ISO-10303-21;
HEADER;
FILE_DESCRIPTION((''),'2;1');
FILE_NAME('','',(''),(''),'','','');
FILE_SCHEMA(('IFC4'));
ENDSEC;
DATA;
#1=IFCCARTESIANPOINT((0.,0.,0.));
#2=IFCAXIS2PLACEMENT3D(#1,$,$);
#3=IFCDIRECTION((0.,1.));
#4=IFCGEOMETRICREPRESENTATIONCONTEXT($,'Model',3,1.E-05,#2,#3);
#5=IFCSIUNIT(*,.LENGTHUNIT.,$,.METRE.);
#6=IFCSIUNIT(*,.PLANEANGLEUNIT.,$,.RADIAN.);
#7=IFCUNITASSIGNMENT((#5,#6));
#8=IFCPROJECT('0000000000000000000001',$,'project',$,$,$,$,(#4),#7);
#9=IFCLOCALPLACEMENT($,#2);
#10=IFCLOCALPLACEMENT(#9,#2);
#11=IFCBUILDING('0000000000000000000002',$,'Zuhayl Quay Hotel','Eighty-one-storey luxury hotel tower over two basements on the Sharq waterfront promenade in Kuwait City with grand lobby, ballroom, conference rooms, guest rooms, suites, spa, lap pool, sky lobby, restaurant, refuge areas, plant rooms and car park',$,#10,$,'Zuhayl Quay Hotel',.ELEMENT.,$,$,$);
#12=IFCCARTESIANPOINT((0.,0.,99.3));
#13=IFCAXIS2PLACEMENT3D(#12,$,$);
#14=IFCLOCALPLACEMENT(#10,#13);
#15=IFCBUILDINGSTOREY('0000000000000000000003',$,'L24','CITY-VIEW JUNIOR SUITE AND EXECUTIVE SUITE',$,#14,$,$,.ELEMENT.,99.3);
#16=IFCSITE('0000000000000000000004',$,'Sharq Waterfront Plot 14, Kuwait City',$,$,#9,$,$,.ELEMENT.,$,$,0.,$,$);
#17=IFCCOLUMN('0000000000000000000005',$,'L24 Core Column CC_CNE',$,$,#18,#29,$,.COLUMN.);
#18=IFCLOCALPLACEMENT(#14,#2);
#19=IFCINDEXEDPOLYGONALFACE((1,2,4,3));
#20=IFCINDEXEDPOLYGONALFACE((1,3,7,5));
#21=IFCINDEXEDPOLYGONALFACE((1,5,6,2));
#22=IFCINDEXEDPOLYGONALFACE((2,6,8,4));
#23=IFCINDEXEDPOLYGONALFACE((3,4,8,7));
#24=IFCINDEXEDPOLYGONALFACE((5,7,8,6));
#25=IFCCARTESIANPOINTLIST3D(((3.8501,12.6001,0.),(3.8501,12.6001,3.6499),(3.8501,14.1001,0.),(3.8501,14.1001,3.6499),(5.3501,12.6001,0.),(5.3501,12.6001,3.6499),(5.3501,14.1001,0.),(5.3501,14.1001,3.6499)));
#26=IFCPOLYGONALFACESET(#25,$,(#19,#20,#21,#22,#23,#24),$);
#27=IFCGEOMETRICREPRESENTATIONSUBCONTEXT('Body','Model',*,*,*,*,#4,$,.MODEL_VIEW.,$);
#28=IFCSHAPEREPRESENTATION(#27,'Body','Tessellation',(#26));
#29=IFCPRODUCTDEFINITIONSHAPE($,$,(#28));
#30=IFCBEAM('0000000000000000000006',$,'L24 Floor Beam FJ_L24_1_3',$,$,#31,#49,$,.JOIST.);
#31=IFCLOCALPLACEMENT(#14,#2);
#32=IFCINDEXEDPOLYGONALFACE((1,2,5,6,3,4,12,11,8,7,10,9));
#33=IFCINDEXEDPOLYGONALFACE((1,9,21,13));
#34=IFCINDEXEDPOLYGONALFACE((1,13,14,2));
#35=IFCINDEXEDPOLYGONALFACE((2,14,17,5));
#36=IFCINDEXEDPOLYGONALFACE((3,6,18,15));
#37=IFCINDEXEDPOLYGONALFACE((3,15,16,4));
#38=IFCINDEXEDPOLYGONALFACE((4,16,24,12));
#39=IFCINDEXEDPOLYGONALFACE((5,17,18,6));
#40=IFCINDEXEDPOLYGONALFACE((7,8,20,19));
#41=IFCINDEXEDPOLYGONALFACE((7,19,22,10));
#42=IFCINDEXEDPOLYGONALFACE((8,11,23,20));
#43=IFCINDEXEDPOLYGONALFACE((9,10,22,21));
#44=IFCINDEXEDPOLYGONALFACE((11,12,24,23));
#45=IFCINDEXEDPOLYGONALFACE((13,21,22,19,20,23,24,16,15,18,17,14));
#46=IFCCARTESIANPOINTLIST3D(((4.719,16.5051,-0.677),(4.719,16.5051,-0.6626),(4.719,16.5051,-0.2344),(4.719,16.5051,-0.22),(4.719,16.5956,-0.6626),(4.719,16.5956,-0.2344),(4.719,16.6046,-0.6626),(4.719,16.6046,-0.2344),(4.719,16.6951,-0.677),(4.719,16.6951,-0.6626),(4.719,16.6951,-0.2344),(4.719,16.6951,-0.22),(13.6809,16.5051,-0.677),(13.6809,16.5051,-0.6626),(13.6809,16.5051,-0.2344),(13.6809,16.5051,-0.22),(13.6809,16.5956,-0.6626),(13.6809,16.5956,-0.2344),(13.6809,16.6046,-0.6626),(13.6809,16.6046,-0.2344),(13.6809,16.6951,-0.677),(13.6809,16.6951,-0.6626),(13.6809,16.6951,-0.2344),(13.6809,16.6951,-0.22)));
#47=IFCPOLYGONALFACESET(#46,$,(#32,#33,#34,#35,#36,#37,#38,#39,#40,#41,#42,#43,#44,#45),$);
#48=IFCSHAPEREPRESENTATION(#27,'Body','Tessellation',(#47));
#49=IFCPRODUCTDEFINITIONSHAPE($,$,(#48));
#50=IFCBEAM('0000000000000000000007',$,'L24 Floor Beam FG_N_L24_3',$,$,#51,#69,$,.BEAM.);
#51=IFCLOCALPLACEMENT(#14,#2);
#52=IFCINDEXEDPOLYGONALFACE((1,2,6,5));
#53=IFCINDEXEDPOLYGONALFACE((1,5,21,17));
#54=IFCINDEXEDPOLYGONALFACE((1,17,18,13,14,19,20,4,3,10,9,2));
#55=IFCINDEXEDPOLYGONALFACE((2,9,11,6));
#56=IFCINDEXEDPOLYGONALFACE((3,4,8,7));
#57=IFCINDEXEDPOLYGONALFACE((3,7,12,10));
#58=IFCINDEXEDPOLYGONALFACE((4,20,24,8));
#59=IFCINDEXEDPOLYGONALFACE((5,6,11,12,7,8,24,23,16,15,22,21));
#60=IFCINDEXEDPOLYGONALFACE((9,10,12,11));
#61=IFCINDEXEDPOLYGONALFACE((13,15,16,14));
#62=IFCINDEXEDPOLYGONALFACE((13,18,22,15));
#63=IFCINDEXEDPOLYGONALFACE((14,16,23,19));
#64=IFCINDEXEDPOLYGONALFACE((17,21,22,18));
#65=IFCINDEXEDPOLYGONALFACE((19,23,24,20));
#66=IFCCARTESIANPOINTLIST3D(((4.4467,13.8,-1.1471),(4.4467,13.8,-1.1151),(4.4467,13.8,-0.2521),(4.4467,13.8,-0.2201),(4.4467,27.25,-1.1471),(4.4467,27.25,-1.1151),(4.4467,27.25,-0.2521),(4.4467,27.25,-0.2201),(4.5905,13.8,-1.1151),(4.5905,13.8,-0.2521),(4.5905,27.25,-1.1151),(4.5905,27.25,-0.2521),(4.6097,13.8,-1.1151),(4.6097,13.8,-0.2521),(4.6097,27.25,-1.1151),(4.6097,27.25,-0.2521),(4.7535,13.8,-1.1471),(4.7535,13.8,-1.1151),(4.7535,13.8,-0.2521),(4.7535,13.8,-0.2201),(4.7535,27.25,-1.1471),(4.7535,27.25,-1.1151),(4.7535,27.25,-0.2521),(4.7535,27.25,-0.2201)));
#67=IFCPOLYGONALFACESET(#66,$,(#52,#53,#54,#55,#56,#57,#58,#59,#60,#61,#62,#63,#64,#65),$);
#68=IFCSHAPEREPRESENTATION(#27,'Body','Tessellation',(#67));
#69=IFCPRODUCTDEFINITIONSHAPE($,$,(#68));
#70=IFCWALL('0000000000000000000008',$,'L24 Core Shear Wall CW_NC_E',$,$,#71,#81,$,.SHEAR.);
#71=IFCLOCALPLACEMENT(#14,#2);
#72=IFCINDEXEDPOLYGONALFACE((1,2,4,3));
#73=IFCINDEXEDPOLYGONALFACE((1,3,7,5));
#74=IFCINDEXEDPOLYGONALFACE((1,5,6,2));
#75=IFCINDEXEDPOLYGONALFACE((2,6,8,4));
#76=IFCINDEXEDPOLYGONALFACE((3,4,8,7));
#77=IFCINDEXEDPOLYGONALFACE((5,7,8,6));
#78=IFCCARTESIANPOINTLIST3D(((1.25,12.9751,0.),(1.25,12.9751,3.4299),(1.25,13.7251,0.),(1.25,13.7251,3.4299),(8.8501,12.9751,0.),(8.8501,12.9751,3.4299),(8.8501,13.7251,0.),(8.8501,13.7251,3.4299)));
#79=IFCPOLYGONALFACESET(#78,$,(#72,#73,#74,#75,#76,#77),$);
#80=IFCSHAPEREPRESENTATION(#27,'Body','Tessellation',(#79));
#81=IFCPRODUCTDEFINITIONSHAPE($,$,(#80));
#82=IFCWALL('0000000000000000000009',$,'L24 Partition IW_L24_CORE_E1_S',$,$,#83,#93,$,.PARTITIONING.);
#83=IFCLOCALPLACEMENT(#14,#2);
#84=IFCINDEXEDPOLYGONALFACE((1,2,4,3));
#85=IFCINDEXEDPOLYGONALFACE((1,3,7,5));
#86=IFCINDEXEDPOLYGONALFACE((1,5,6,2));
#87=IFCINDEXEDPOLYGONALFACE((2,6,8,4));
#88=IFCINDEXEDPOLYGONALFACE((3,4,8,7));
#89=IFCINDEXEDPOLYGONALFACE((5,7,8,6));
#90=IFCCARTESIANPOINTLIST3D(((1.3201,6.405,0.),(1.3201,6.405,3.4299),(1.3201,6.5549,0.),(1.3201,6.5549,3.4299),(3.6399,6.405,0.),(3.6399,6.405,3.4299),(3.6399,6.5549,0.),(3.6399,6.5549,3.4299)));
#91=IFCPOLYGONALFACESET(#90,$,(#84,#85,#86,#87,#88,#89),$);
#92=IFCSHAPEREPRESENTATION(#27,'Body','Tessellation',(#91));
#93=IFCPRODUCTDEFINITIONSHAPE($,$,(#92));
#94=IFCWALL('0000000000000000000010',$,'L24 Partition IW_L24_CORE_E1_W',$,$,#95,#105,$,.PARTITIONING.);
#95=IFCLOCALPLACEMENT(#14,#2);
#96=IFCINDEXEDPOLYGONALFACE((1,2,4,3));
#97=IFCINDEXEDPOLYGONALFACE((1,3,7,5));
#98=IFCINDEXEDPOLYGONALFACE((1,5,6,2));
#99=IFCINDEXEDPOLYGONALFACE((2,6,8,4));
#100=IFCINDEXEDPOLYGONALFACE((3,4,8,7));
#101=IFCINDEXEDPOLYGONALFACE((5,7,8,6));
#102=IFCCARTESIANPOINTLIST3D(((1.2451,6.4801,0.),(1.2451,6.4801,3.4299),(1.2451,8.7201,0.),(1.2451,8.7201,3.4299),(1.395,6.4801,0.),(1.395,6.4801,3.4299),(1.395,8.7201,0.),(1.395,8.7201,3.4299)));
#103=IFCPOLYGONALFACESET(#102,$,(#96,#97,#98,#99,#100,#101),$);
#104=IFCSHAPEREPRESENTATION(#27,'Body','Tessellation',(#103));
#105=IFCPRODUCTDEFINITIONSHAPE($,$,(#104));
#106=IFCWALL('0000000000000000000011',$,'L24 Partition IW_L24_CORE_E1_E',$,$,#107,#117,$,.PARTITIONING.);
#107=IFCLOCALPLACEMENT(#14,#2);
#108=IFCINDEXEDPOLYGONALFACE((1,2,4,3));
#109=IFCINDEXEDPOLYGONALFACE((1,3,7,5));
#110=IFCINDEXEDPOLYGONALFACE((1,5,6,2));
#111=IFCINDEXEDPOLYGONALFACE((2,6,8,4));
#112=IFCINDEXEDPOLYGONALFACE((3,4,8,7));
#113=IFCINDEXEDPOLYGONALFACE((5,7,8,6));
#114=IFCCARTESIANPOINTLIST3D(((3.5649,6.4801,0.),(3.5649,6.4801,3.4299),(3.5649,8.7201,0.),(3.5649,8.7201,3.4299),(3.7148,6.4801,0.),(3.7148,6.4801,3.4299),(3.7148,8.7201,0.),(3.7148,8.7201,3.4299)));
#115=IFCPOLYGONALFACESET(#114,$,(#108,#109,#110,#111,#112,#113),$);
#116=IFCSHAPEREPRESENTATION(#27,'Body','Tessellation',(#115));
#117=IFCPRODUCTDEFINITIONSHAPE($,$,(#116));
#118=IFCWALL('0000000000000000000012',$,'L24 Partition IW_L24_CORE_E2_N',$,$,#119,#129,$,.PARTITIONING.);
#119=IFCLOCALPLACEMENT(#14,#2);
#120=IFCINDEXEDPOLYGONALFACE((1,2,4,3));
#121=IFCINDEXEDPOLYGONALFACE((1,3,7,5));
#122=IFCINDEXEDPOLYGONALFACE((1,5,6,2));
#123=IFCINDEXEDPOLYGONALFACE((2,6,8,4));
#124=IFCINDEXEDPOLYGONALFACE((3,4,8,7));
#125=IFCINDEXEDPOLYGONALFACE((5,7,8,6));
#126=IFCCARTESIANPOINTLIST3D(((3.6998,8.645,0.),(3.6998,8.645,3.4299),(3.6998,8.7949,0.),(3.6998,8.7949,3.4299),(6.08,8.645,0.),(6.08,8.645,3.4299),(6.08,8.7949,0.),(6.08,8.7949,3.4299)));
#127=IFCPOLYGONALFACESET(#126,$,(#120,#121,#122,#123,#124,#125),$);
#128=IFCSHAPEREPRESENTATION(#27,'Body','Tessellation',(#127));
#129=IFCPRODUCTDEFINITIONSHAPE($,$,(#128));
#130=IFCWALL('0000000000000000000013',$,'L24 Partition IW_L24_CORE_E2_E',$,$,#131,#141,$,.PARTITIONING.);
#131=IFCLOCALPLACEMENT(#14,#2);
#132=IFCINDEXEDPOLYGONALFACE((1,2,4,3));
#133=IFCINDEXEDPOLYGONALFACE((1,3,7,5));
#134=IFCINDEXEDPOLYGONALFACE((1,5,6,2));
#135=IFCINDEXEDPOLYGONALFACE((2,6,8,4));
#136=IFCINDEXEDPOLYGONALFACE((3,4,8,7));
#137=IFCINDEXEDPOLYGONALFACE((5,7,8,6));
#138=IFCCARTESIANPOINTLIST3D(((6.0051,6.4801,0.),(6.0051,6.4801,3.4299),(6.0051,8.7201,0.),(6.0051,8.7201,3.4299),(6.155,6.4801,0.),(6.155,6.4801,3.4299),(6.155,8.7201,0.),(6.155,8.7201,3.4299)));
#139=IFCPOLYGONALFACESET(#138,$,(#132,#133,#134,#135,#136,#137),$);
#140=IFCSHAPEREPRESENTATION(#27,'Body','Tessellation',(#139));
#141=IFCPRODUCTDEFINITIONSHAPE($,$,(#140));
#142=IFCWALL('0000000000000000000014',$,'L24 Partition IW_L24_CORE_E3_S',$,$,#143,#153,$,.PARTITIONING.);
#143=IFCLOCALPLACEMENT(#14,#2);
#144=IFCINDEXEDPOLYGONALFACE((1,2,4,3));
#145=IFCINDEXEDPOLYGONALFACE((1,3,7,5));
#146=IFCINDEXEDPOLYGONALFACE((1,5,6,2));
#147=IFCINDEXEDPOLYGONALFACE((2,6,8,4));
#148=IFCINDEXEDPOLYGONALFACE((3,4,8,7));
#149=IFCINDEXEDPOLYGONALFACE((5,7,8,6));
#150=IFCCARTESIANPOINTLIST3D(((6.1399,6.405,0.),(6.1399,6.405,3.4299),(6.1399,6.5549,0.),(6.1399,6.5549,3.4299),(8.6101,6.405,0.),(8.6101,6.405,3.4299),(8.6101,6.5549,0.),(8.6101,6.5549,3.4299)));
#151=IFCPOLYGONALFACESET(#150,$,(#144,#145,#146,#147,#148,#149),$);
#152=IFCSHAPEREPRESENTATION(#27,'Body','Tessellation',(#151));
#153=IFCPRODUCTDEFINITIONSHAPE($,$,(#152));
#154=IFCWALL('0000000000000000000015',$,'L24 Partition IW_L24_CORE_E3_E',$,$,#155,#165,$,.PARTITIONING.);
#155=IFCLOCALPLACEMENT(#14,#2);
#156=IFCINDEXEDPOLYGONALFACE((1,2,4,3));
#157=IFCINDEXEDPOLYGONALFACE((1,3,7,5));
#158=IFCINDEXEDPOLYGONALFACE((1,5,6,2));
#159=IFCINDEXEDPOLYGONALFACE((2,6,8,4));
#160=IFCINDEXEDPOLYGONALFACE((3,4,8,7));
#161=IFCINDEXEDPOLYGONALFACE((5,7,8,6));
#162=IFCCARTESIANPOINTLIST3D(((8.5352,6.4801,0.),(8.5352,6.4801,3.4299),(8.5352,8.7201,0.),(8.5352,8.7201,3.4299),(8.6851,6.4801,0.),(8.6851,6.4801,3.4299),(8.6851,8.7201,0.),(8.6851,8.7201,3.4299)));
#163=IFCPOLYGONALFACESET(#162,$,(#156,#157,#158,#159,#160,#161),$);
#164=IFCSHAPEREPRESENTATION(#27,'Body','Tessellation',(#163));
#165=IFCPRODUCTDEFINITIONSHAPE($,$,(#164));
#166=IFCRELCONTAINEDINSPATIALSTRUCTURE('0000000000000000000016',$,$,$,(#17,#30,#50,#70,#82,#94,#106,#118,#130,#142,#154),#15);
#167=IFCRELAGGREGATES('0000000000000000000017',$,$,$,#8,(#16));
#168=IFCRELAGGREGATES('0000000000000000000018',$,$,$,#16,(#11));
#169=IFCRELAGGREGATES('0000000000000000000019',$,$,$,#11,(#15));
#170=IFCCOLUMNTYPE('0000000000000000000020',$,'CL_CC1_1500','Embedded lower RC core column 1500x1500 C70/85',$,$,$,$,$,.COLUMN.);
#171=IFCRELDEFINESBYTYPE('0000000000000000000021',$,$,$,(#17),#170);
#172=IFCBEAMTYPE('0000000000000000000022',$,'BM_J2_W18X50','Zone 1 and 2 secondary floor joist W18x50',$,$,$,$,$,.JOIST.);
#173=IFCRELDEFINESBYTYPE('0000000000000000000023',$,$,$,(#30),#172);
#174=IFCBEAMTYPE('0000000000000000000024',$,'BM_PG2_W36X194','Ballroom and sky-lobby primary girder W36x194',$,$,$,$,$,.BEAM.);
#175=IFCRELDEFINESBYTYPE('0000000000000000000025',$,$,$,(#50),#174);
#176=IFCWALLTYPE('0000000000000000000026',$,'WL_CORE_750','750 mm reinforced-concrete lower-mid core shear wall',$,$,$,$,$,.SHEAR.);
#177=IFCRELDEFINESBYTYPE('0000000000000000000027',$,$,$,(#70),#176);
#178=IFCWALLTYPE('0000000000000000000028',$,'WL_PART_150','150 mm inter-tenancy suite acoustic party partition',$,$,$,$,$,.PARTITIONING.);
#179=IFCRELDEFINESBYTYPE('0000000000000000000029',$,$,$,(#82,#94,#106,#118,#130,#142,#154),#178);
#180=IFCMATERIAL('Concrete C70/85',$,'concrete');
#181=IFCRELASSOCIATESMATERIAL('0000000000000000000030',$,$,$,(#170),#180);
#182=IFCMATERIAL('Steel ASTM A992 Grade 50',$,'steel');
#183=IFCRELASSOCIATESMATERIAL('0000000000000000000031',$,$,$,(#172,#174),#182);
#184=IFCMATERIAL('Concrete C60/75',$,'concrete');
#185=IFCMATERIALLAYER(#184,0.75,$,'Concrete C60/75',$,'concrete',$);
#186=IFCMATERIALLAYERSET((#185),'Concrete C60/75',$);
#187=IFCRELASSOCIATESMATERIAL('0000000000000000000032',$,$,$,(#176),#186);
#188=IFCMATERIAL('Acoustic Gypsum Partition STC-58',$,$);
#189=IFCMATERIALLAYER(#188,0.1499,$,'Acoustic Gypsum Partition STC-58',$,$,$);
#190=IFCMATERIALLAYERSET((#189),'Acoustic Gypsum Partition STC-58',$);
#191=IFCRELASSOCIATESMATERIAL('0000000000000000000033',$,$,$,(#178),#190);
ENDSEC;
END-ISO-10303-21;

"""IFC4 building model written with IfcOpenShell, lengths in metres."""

from ifc_helpers import new_model, si_unit, direction, frame, frame_2d, origin, origin_2d, place, context, subcontext, project, spatial, rectangle, i_section, extrude, material, layer, layer_set, material_profile, profile_set, type_object, element, save


model = new_model("IFC4")

# Units and contexts
model_context = context("Model", 3, precision=1e-05, world=origin(), true_north=direction((0.0, 1.0)))
body_context = subcontext(model_context, "Body", "Model", "MODEL_VIEW")
ifc_project = project(units=[si_unit("LENGTHUNIT", "METRE"), si_unit("PLANEANGLEUNIT", "RADIAN")], contexts=[model_context])

# Site, building, storey
site_placement = place(None, origin())
site = spatial("IfcSite", under=ifc_project, at=site_placement, Name="Sharq Waterfront Plot 14, Kuwait City", CompositionType="ELEMENT", RefElevation=0.0)
building_placement = place(site_placement, origin())
building = spatial("IfcBuilding", under=site, at=building_placement, Name="Zuhayl Quay Hotel", Description="Eighty-one-storey luxury hotel tower over two basements on the Sharq waterfront promenade in Kuwait City with grand lobby, ballroom, conference rooms, guest rooms, suites, spa, lap pool, sky lobby, restaurant, refuge areas, plant rooms and car park", LongName="Zuhayl Quay Hotel", CompositionType="ELEMENT")
storey_placement = place(building_placement, frame((0.0, 0.0, 99.3)))
storey = spatial("IfcBuildingStorey", under=building, at=storey_placement, Name="L24", Description="CITY-VIEW JUNIOR SUITE AND EXECUTIVE SUITE", CompositionType="ELEMENT", Elevation=99.3)

# Column
ifc_material_1 = material(Name="Concrete C70/85", Category="concrete")
ifc_material_profile_1 = material_profile(ifc_material_1, rectangle(XDim=1.5, YDim=1.5, at=origin_2d()), Name="RC1500X1500")
ifc_profile_set_1 = profile_set([ifc_material_profile_1], Name="Concrete C70/85")
column_type = type_object("IfcColumnType", Name="CL_CC1_1500", Description="Embedded lower RC core column 1500x1500 C70/85", PredefinedType="COLUMN", material=ifc_profile_set_1)
column_placement = place(storey_placement, frame((4.6001, 13.3501, 0.0), z_axis=(0.0, 0.0, 1.0), x_axis=(1.0, 0.0, 0.0)))
element("IfcColumn", 1, at=column_placement, inside=storey, type_object=column_type, Name="L24 Core Column CC_CNE", PredefinedType="COLUMN", context=body_context, shape_type="SweptSolid", body=[
    extrude(rectangle(XDim=1.5, YDim=1.5, at=origin_2d()), origin(), (0.0, 0.0, 1.0), 3.6499),
])

# Beams
ifc_material_2 = material(Name="Steel ASTM A992 Grade 50", Category="steel")
ifc_material_profile_2 = material_profile(ifc_material_2, i_section(OverallWidth=0.1899, OverallDepth=0.457, WebThickness=0.009, FlangeThickness=0.0144, at=origin_2d()), Name="W18X50")
ifc_profile_set_2 = profile_set([ifc_material_profile_2], Name="Steel ASTM A992 Grade 50")
beam_type_1 = type_object("IfcBeamType", Name="BM_J2_W18X50", Description="Zone 1 and 2 secondary floor joist W18x50", PredefinedType="JOIST", material=ifc_profile_set_2)
beam_1_placement = place(storey_placement, frame((4.719, 16.6001, -0.4485), z_axis=(1.0, 0.0, 0.0), x_axis=(0.0, 1.0, 0.0)))
element("IfcBeam", 2, at=beam_1_placement, inside=storey, type_object=beam_type_1, Name="L24 Floor Beam FJ_L24_1_3", PredefinedType="JOIST", context=body_context, shape_type="SweptSolid", body=[
    extrude(i_section(OverallWidth=0.1899, OverallDepth=0.457, WebThickness=0.009, FlangeThickness=0.0144, at=origin_2d()), origin(), (0.0, 0.0, 1.0), 8.9619),
])
ifc_material_profile_3 = material_profile(ifc_material_2, i_section(OverallWidth=0.3069, OverallDepth=0.927, WebThickness=0.0193, FlangeThickness=0.032, at=origin_2d()), Name="W36X194")
ifc_profile_set_3 = profile_set([ifc_material_profile_3], Name="Steel ASTM A992 Grade 50")
beam_type_2 = type_object("IfcBeamType", Name="BM_PG2_W36X194", Description="Ballroom and sky-lobby primary girder W36x194", PredefinedType="BEAM", material=ifc_profile_set_3)
beam_2_placement = place(storey_placement, frame((4.6001, 13.8, -0.6836), z_axis=(0.0, 1.0, 0.0), x_axis=(-1.0, 0.0, 0.0)))
element("IfcBeam", 3, at=beam_2_placement, inside=storey, type_object=beam_type_2, Name="L24 Floor Beam FG_N_L24_3", PredefinedType="BEAM", context=body_context, shape_type="SweptSolid", body=[
    extrude(i_section(OverallWidth=0.3069, OverallDepth=0.927, WebThickness=0.0193, FlangeThickness=0.032, at=origin_2d()), origin(), (0.0, 0.0, 1.0), 13.45),
])

# Wall
ifc_material_3 = material(Name="Concrete C60/75", Category="concrete")
ifc_layer_1 = layer(ifc_material_3, 0.75, Name="Concrete C60/75", Category="concrete")
ifc_layer_set_1 = layer_set([ifc_layer_1], Name="Concrete C60/75")
wall_type_1 = type_object("IfcWallType", Name="WL_CORE_750", Description="750 mm reinforced-concrete lower-mid core shear wall", PredefinedType="SHEAR", material=ifc_layer_set_1)
wall_1_placement = place(storey_placement, frame((1.25, 13.3501, 0.0), z_axis=(0.0, 0.0, 1.0), x_axis=(1.0, 0.0, 0.0)))
element("IfcWall", 4, at=wall_1_placement, inside=storey, type_object=wall_type_1, Name="L24 Core Shear Wall CW_NC_E", PredefinedType="SHEAR", context=body_context, shape_type="SweptSolid", body=[
    extrude(rectangle(XDim=7.6001, YDim=0.75, at=frame_2d((3.8, 0.0))), origin(), (0.0, 0.0, 1.0), 3.4299),
])

# Shared definitions
ifc_material_4 = material(Name="Acoustic Gypsum Partition STC-58")
ifc_layer_2 = layer(ifc_material_4, 0.1499, Name="Acoustic Gypsum Partition STC-58")
ifc_layer_set_2 = layer_set([ifc_layer_2], Name="Acoustic Gypsum Partition STC-58")
wall_type_2 = type_object("IfcWallType", Name="WL_PART_150", Description="150 mm inter-tenancy suite acoustic party partition", PredefinedType="PARTITIONING", material=ifc_layer_set_2)

# Walls
wall_2_placement = place(storey_placement, frame((1.3201, 6.48, 0.0), z_axis=(0.0, 0.0, 1.0), x_axis=(1.0, 0.0, 0.0)))
element("IfcWall", 5, at=wall_2_placement, inside=storey, type_object=wall_type_2, Name="L24 Partition IW_L24_CORE_E1_S", PredefinedType="PARTITIONING", context=body_context, shape_type="SweptSolid", body=[
    extrude(rectangle(XDim=2.3198, YDim=0.1499, at=frame_2d((1.1599, 0.0))), origin(), (0.0, 0.0, 1.0), 3.4299),
])
for number, where, z_axis, x_axis, name in (
    (6, (1.3201, 6.48, 0.0), (0.0, 0.0, 1.0), (0.0, 1.0, 0.0), "L24 Partition IW_L24_CORE_E1_W"),
    (7, (3.6399, 6.48, 0.0), (0.0, 0.0, 1.0), (0.0, 1.0, 0.0), "L24 Partition IW_L24_CORE_E1_E"),
):
    element("IfcWall", number, at=place(storey_placement, frame(where, z_axis=z_axis, x_axis=x_axis)), inside=storey, type_object=wall_type_2, Name=name, PredefinedType="PARTITIONING", context=body_context, shape_type="SweptSolid", body=[
        extrude(rectangle(XDim=2.24, YDim=0.1499, at=frame_2d((1.1201, 0.0))), origin(), (0.0, 0.0, 1.0), 3.4299),
    ])
wall_3_placement = place(storey_placement, frame((3.7, 8.72, 0.0), z_axis=(0.0, 0.0, 1.0), x_axis=(1.0, 0.0, 0.0)))
element("IfcWall", 8, at=wall_3_placement, inside=storey, type_object=wall_type_2, Name="L24 Partition IW_L24_CORE_E2_N", PredefinedType="PARTITIONING", context=body_context, shape_type="SweptSolid", body=[
    extrude(rectangle(XDim=2.3801, YDim=0.1499, at=frame_2d((1.1899, 0.0))), origin(), (0.0, 0.0, 1.0), 3.4299),
])
wall_4_placement = place(storey_placement, frame((6.0801, 6.48, 0.0), z_axis=(0.0, 0.0, 1.0), x_axis=(0.0, 1.0, 0.0)))
element("IfcWall", 9, at=wall_4_placement, inside=storey, type_object=wall_type_2, Name="L24 Partition IW_L24_CORE_E2_E", PredefinedType="PARTITIONING", context=body_context, shape_type="SweptSolid", body=[
    extrude(rectangle(XDim=2.24, YDim=0.1499, at=frame_2d((1.1201, 0.0))), origin(), (0.0, 0.0, 1.0), 3.4299),
])
wall_5_placement = place(storey_placement, frame((6.1399, 6.48, 0.0), z_axis=(0.0, 0.0, 1.0), x_axis=(1.0, 0.0, 0.0)))
element("IfcWall", 10, at=wall_5_placement, inside=storey, type_object=wall_type_2, Name="L24 Partition IW_L24_CORE_E3_S", PredefinedType="PARTITIONING", context=body_context, shape_type="SweptSolid", body=[
    extrude(rectangle(XDim=2.4702, YDim=0.1499, at=frame_2d((1.2351, 0.0))), origin(), (0.0, 0.0, 1.0), 3.4299),
])
wall_6_placement = place(storey_placement, frame((8.6101, 6.48, 0.0), z_axis=(0.0, 0.0, 1.0), x_axis=(0.0, 1.0, 0.0)))
element("IfcWall", 11, at=wall_6_placement, inside=storey, type_object=wall_type_2, Name="L24 Partition IW_L24_CORE_E3_E", PredefinedType="PARTITIONING", context=body_context, shape_type="SweptSolid", body=[
    extrude(rectangle(XDim=2.24, YDim=0.1499, at=frame_2d((1.1201, 0.0))), origin(), (0.0, 0.0, 1.0), 3.4299),
])

save(model, "model.ifc")
